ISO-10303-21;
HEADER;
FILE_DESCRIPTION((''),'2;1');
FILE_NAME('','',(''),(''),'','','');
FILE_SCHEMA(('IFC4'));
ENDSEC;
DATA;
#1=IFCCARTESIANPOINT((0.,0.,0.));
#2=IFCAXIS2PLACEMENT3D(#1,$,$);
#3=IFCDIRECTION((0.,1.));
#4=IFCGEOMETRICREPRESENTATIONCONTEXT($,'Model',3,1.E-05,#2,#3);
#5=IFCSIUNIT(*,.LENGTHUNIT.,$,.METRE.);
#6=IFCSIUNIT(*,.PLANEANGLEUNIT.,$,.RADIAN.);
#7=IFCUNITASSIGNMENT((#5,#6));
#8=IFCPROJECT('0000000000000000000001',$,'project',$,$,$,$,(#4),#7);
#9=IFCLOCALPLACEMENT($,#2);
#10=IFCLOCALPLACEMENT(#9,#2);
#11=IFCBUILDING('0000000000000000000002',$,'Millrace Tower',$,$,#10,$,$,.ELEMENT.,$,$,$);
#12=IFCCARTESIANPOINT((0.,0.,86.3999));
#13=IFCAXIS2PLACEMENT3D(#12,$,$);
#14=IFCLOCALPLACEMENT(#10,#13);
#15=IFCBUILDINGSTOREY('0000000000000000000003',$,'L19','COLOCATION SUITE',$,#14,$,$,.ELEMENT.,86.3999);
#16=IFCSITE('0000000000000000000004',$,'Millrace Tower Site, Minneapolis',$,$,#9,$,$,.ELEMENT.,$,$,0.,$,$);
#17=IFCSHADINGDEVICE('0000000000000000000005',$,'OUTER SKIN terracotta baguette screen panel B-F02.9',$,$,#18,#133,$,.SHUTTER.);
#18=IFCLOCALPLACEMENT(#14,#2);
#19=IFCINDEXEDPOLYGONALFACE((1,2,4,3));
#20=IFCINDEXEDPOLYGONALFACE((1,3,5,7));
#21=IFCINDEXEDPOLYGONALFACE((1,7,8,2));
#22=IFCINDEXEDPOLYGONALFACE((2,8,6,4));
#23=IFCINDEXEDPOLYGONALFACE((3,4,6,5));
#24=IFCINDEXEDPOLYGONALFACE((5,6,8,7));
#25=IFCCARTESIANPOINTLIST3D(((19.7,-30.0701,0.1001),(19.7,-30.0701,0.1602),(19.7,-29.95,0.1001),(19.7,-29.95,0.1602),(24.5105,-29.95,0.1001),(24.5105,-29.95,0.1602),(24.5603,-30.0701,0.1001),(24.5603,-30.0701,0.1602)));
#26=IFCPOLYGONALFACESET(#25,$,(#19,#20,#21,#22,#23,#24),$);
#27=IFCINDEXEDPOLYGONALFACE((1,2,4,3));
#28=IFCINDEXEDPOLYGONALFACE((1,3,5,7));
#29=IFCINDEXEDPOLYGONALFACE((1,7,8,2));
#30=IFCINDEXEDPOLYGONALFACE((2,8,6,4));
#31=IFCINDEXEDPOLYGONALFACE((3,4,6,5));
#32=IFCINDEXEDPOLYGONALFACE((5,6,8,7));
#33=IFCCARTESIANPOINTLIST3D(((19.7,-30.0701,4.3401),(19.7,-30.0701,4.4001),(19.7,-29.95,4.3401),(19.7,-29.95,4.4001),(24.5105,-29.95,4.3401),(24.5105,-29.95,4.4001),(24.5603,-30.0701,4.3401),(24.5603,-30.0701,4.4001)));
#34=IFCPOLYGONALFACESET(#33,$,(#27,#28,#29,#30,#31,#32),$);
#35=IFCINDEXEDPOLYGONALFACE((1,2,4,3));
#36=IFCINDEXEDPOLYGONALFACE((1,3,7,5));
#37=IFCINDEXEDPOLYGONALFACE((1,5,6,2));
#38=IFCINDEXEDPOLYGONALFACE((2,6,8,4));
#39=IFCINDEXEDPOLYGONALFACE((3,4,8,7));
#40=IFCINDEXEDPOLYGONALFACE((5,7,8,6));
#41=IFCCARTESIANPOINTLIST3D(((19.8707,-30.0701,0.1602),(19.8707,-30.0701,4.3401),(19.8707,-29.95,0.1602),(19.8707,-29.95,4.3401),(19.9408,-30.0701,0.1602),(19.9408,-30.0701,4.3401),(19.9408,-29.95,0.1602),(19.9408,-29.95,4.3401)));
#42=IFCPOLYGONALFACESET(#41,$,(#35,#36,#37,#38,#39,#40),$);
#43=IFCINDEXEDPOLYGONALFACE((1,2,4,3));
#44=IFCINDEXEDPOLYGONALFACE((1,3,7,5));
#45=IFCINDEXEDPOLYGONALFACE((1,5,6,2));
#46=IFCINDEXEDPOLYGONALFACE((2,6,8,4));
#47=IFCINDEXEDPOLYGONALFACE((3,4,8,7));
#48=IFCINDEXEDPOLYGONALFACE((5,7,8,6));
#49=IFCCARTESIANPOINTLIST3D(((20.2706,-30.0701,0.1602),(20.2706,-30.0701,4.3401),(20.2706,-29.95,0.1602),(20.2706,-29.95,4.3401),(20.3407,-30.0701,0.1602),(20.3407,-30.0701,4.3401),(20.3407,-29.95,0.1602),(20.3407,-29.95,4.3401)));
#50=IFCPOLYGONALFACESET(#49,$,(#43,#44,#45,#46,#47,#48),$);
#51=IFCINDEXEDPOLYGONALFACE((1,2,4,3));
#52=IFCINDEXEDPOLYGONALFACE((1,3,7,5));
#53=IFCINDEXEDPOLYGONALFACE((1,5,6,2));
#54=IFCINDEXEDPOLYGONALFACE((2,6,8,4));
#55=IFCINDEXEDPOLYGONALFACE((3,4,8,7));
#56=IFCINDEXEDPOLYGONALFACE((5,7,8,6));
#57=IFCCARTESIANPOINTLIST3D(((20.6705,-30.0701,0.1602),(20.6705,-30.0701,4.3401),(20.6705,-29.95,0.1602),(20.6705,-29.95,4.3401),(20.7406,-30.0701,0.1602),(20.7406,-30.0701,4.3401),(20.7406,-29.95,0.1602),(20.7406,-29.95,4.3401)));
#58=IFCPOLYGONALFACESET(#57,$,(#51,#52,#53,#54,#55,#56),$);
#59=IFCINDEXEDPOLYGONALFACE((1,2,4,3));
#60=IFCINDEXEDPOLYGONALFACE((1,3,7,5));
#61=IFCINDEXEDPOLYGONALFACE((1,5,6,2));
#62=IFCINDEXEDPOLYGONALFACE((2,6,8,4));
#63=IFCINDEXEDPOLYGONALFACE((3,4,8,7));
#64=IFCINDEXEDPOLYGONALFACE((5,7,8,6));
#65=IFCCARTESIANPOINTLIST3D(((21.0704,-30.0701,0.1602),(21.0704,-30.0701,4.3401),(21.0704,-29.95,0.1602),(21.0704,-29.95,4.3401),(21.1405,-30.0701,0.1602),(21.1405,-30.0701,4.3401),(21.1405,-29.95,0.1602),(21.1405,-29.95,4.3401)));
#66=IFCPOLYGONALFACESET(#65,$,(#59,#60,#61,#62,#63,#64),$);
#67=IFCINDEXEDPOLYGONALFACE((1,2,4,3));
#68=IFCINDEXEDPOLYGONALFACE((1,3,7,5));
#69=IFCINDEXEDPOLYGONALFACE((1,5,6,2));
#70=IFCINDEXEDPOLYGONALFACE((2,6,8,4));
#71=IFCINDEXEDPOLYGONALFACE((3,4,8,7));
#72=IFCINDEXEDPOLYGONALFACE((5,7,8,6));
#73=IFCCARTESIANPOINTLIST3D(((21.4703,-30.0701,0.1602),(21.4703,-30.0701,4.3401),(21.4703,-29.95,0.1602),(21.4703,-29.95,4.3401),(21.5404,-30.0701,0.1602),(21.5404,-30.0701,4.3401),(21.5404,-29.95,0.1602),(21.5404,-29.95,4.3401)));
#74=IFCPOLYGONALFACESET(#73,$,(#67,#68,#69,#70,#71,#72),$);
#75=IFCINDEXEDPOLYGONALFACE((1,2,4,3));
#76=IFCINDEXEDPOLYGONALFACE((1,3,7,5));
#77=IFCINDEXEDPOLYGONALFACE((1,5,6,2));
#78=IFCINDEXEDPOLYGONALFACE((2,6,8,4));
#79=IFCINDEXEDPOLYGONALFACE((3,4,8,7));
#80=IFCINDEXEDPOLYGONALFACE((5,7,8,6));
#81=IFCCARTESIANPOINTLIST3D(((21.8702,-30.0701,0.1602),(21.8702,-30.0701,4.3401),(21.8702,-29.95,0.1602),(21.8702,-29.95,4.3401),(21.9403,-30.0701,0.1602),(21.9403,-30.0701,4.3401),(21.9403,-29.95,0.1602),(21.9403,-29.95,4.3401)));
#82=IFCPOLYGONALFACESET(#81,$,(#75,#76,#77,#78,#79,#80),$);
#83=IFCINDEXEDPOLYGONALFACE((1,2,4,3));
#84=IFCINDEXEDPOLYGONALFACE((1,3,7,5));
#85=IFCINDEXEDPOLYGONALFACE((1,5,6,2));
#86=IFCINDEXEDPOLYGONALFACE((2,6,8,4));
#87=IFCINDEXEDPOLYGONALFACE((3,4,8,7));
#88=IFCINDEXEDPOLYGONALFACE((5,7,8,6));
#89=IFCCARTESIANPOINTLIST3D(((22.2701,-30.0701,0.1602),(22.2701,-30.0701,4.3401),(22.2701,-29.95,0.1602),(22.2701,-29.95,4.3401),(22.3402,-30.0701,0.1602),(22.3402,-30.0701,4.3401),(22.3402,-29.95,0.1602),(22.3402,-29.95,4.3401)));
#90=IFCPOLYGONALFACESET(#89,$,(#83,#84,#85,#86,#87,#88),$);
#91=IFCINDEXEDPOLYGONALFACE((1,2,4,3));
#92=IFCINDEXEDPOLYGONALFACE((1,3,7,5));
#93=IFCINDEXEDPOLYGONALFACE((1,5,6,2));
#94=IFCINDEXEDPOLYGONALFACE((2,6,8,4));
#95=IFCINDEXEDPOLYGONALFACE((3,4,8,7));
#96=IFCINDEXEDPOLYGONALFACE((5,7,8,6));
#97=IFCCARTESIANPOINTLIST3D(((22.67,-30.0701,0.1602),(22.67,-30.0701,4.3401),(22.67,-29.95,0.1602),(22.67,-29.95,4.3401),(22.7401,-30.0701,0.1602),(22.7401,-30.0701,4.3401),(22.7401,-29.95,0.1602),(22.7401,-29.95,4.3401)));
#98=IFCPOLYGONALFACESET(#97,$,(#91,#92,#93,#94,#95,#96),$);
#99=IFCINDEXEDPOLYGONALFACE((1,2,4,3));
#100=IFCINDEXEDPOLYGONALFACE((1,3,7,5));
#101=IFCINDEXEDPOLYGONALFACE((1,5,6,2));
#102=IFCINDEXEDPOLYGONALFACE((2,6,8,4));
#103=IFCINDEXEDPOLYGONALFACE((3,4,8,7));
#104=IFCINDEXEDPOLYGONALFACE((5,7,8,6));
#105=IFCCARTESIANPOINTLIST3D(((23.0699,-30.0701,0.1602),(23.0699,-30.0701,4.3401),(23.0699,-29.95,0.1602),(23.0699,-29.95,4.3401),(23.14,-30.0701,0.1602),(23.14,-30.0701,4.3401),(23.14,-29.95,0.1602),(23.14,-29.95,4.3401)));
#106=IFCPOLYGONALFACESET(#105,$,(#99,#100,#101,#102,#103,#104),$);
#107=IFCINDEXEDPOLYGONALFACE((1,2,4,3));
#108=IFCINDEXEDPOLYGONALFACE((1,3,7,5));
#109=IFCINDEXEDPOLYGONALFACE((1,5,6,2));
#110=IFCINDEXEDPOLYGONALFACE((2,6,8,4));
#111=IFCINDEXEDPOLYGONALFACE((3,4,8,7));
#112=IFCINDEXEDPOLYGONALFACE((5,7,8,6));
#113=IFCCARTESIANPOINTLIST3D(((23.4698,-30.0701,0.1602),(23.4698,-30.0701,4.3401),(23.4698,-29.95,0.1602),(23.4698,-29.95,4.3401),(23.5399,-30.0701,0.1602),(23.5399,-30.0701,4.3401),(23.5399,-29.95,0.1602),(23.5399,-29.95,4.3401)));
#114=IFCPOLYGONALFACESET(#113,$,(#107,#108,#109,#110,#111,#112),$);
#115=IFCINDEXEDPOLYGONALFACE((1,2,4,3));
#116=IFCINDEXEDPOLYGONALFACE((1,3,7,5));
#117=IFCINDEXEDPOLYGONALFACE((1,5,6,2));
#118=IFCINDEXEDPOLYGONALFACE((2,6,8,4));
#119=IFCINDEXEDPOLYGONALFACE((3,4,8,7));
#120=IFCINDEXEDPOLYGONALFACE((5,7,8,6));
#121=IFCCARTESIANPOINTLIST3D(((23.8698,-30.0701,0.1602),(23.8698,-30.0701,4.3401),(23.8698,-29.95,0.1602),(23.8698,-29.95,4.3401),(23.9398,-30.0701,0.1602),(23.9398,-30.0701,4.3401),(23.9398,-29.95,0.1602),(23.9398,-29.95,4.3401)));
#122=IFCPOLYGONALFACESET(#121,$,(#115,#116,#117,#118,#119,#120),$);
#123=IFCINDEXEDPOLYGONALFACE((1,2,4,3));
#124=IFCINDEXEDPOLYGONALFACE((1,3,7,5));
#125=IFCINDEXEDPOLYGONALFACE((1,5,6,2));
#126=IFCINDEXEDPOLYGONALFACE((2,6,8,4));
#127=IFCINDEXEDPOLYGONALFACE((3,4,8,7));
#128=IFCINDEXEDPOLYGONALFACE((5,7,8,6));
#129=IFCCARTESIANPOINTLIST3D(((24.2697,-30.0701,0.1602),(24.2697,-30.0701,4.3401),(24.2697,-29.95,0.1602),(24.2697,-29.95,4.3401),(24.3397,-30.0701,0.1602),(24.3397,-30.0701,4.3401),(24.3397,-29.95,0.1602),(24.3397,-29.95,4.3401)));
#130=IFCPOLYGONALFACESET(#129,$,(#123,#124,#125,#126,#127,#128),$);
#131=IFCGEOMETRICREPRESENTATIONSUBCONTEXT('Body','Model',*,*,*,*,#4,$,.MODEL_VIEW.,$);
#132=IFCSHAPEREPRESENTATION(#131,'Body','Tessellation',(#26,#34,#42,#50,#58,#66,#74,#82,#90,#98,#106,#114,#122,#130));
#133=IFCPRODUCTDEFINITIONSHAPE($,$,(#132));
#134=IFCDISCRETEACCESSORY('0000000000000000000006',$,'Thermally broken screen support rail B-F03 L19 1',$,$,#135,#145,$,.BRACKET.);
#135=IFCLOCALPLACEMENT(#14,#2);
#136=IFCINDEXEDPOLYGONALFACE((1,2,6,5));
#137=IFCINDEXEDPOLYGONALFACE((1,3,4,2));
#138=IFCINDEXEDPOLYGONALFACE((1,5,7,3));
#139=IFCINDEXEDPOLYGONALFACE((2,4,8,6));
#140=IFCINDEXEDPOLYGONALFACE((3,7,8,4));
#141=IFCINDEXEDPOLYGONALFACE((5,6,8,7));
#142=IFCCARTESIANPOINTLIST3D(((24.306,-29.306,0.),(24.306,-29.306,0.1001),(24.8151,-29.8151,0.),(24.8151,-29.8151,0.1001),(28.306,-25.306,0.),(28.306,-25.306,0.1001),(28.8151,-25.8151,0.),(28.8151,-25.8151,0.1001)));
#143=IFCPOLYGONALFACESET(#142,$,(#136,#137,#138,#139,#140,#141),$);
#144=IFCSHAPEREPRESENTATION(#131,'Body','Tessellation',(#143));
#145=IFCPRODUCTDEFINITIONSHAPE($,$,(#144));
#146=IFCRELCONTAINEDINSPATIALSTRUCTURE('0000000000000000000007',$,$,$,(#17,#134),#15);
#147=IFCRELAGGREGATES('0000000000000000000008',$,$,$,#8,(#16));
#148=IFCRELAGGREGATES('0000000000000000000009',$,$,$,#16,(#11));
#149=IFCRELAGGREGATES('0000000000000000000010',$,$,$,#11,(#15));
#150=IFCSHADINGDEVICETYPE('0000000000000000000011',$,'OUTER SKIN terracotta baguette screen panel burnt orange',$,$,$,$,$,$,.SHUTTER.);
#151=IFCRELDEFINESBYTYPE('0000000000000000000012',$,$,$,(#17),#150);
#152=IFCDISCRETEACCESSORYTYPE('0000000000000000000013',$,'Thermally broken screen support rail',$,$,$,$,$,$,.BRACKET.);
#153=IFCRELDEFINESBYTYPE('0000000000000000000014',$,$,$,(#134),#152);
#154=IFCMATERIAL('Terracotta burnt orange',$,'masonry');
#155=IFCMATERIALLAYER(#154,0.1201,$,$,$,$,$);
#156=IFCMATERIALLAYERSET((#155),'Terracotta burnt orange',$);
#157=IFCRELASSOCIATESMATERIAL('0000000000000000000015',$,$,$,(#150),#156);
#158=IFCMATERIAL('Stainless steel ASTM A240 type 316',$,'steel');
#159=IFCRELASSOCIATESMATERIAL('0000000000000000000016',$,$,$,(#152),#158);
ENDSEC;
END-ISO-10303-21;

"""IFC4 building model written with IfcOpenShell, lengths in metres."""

from ifc_helpers import new_model, entity, si_unit, direction, frame, frame_2d, origin, origin_2d, place, context, subcontext, project, spatial, rectangle, extrude, source, transform, mapped, material, layer, layer_set, type_object, element, save


model = new_model("IFC4")

# Units and contexts
model_context = context("Model", 3, precision=1e-05, world=origin(), true_north=direction((0.0, 1.0)))
body_context = subcontext(model_context, "Body", "Model", "MODEL_VIEW")
ifc_project = project(units=[si_unit("LENGTHUNIT", "METRE"), si_unit("PLANEANGLEUNIT", "RADIAN")], contexts=[model_context])

# Site, building, storey
site_placement = place(None, origin())
site = spatial("IfcSite", under=ifc_project, at=site_placement, Name="Millrace Tower Site, Minneapolis", CompositionType="ELEMENT", RefElevation=0.0)
building_placement = place(site_placement, origin())
building = spatial("IfcBuilding", under=site, at=building_placement, Name="Millrace Tower", CompositionType="ELEMENT")
storey_placement = place(building_placement, frame((0.0, 0.0, 86.3999)))
storey = spatial("IfcBuildingStorey", under=building, at=storey_placement, Name="L19", Description="COLOCATION SUITE", CompositionType="ELEMENT", Elevation=86.3999)

# Shading device
ifc_material_1 = material(Name="Terracotta burnt orange", Category="masonry")
ifc_layer_1 = layer(ifc_material_1, 0.1201)
ifc_layer_set_1 = layer_set([ifc_layer_1], Name="Terracotta burnt orange")
shading_device_type = type_object("IfcShadingDeviceType", Name="OUTER SKIN terracotta baguette screen panel burnt orange", PredefinedType="SHUTTER", material=ifc_layer_set_1)
cartesian_point_1 = entity("IfcCartesianPoint", [-2.4177, 0.0601])
shared_polyline_1 = entity("IfcPolyline", [cartesian_point_1, entity("IfcCartesianPoint", [2.3928, 0.0601]), entity("IfcCartesianPoint", [2.4426, -0.0601]), entity("IfcCartesianPoint", [-2.4177, -0.0601]), cartesian_point_1])
shared_shape_1 = source(origin(), body_context, "Body", "SweptSolid", [
    entity("IfcExtrudedAreaSolid", entity("IfcArbitraryClosedProfileDef", "AREA", None, shared_polyline_1), entity("IfcAxis2Placement3D", entity("IfcCartesianPoint", [0.0, 0.0, 0.0])), entity("IfcDirection", [0.0, 0.0, 1.0]), 0.0601),
    entity("IfcExtrudedAreaSolid", entity("IfcArbitraryClosedProfileDef", "AREA", None, shared_polyline_1), entity("IfcAxis2Placement3D", entity("IfcCartesianPoint", [0.0, 0.0, 4.24])), entity("IfcDirection", [0.0, 0.0, 1.0]), 0.0601),
    extrude(rectangle(XDim=0.0701, YDim=0.1201, at=frame_2d((-2.2119, 0.0))), frame((0.0, 0.0, 0.0601)), (0.0, 0.0, 1.0), 4.1799),
    extrude(rectangle(XDim=0.0701, YDim=0.1201, at=frame_2d((-1.812, 0.0))), frame((0.0, 0.0, 0.0601)), (0.0, 0.0, 1.0), 4.1799),
    extrude(rectangle(XDim=0.0701, YDim=0.1201, at=frame_2d((-1.4121, 0.0))), frame((0.0, 0.0, 0.0601)), (0.0, 0.0, 1.0), 4.1799),
    extrude(rectangle(XDim=0.0701, YDim=0.1201, at=frame_2d((-1.0122, 0.0))), frame((0.0, 0.0, 0.0601)), (0.0, 0.0, 1.0), 4.1799),
    extrude(rectangle(XDim=0.0701, YDim=0.1201, at=frame_2d((-0.6123, 0.0))), frame((0.0, 0.0, 0.0601)), (0.0, 0.0, 1.0), 4.1799),
    extrude(rectangle(XDim=0.0701, YDim=0.1201, at=frame_2d((-0.2124, 0.0))), frame((0.0, 0.0, 0.0601)), (0.0, 0.0, 1.0), 4.1799),
    extrude(rectangle(XDim=0.0701, YDim=0.1201, at=frame_2d((0.1875, 0.0))), frame((0.0, 0.0, 0.0601)), (0.0, 0.0, 1.0), 4.1799),
    extrude(rectangle(XDim=0.0701, YDim=0.1201, at=frame_2d((0.5874, 0.0))), frame((0.0, 0.0, 0.0601)), (0.0, 0.0, 1.0), 4.1799),
    extrude(rectangle(XDim=0.0701, YDim=0.1201, at=frame_2d((0.9873, 0.0))), frame((0.0, 0.0, 0.0601)), (0.0, 0.0, 1.0), 4.1799),
    extrude(rectangle(XDim=0.0701, YDim=0.1201, at=frame_2d((1.3872, 0.0))), frame((0.0, 0.0, 0.0601)), (0.0, 0.0, 1.0), 4.1799),
    extrude(rectangle(XDim=0.0701, YDim=0.1201, at=frame_2d((1.7871, 0.0))), frame((0.0, 0.0, 0.0601)), (0.0, 0.0, 1.0), 4.1799),
    extrude(rectangle(XDim=0.0701, YDim=0.1201, at=frame_2d((2.187, 0.0))), frame((0.0, 0.0, 0.0601)), (0.0, 0.0, 1.0), 4.1799),
])
shading_device_1_placement = place(storey_placement, frame((22.1177, -30.01, 0.1001), z_axis=(0.0, 0.0, 1.0), x_axis=(1.0, 0.0, 0.0)))
element("IfcShadingDevice", 1, at=shading_device_1_placement, inside=storey, type_object=shading_device_type, Name="OUTER SKIN terracotta baguette screen panel B-F02.9", PredefinedType="SHUTTER", context=body_context, shape_type="MappedRepresentation", body=[
    mapped(shared_shape_1, transform((0.0, 0.0, 0.0), scale=1.0)),
])

# Discrete accessory
ifc_material_2 = material(Name="Stainless steel ASTM A240 type 316", Category="steel")
discrete_accessory_type = type_object("IfcDiscreteAccessoryType", Name="Thermally broken screen support rail", PredefinedType="BRACKET", material=ifc_material_2)
discrete_accessory_placement = place(storey_placement, frame((26.5605, -27.5605, 0.0), z_axis=(0.0, 0.0, 1.0), x_axis=(0.707107, 0.707107, 0.0)))
element("IfcDiscreteAccessory", 2, at=discrete_accessory_placement, inside=storey, type_object=discrete_accessory_type, Name="Thermally broken screen support rail B-F03 L19 1", PredefinedType="BRACKET", context=body_context, shape_type="SweptSolid", body=[
    extrude(rectangle(XDim=5.6567, YDim=0.72, at=origin_2d()), origin(), (0.0, 0.0, 1.0), 0.1001),
])

save(model, "model.ifc")
